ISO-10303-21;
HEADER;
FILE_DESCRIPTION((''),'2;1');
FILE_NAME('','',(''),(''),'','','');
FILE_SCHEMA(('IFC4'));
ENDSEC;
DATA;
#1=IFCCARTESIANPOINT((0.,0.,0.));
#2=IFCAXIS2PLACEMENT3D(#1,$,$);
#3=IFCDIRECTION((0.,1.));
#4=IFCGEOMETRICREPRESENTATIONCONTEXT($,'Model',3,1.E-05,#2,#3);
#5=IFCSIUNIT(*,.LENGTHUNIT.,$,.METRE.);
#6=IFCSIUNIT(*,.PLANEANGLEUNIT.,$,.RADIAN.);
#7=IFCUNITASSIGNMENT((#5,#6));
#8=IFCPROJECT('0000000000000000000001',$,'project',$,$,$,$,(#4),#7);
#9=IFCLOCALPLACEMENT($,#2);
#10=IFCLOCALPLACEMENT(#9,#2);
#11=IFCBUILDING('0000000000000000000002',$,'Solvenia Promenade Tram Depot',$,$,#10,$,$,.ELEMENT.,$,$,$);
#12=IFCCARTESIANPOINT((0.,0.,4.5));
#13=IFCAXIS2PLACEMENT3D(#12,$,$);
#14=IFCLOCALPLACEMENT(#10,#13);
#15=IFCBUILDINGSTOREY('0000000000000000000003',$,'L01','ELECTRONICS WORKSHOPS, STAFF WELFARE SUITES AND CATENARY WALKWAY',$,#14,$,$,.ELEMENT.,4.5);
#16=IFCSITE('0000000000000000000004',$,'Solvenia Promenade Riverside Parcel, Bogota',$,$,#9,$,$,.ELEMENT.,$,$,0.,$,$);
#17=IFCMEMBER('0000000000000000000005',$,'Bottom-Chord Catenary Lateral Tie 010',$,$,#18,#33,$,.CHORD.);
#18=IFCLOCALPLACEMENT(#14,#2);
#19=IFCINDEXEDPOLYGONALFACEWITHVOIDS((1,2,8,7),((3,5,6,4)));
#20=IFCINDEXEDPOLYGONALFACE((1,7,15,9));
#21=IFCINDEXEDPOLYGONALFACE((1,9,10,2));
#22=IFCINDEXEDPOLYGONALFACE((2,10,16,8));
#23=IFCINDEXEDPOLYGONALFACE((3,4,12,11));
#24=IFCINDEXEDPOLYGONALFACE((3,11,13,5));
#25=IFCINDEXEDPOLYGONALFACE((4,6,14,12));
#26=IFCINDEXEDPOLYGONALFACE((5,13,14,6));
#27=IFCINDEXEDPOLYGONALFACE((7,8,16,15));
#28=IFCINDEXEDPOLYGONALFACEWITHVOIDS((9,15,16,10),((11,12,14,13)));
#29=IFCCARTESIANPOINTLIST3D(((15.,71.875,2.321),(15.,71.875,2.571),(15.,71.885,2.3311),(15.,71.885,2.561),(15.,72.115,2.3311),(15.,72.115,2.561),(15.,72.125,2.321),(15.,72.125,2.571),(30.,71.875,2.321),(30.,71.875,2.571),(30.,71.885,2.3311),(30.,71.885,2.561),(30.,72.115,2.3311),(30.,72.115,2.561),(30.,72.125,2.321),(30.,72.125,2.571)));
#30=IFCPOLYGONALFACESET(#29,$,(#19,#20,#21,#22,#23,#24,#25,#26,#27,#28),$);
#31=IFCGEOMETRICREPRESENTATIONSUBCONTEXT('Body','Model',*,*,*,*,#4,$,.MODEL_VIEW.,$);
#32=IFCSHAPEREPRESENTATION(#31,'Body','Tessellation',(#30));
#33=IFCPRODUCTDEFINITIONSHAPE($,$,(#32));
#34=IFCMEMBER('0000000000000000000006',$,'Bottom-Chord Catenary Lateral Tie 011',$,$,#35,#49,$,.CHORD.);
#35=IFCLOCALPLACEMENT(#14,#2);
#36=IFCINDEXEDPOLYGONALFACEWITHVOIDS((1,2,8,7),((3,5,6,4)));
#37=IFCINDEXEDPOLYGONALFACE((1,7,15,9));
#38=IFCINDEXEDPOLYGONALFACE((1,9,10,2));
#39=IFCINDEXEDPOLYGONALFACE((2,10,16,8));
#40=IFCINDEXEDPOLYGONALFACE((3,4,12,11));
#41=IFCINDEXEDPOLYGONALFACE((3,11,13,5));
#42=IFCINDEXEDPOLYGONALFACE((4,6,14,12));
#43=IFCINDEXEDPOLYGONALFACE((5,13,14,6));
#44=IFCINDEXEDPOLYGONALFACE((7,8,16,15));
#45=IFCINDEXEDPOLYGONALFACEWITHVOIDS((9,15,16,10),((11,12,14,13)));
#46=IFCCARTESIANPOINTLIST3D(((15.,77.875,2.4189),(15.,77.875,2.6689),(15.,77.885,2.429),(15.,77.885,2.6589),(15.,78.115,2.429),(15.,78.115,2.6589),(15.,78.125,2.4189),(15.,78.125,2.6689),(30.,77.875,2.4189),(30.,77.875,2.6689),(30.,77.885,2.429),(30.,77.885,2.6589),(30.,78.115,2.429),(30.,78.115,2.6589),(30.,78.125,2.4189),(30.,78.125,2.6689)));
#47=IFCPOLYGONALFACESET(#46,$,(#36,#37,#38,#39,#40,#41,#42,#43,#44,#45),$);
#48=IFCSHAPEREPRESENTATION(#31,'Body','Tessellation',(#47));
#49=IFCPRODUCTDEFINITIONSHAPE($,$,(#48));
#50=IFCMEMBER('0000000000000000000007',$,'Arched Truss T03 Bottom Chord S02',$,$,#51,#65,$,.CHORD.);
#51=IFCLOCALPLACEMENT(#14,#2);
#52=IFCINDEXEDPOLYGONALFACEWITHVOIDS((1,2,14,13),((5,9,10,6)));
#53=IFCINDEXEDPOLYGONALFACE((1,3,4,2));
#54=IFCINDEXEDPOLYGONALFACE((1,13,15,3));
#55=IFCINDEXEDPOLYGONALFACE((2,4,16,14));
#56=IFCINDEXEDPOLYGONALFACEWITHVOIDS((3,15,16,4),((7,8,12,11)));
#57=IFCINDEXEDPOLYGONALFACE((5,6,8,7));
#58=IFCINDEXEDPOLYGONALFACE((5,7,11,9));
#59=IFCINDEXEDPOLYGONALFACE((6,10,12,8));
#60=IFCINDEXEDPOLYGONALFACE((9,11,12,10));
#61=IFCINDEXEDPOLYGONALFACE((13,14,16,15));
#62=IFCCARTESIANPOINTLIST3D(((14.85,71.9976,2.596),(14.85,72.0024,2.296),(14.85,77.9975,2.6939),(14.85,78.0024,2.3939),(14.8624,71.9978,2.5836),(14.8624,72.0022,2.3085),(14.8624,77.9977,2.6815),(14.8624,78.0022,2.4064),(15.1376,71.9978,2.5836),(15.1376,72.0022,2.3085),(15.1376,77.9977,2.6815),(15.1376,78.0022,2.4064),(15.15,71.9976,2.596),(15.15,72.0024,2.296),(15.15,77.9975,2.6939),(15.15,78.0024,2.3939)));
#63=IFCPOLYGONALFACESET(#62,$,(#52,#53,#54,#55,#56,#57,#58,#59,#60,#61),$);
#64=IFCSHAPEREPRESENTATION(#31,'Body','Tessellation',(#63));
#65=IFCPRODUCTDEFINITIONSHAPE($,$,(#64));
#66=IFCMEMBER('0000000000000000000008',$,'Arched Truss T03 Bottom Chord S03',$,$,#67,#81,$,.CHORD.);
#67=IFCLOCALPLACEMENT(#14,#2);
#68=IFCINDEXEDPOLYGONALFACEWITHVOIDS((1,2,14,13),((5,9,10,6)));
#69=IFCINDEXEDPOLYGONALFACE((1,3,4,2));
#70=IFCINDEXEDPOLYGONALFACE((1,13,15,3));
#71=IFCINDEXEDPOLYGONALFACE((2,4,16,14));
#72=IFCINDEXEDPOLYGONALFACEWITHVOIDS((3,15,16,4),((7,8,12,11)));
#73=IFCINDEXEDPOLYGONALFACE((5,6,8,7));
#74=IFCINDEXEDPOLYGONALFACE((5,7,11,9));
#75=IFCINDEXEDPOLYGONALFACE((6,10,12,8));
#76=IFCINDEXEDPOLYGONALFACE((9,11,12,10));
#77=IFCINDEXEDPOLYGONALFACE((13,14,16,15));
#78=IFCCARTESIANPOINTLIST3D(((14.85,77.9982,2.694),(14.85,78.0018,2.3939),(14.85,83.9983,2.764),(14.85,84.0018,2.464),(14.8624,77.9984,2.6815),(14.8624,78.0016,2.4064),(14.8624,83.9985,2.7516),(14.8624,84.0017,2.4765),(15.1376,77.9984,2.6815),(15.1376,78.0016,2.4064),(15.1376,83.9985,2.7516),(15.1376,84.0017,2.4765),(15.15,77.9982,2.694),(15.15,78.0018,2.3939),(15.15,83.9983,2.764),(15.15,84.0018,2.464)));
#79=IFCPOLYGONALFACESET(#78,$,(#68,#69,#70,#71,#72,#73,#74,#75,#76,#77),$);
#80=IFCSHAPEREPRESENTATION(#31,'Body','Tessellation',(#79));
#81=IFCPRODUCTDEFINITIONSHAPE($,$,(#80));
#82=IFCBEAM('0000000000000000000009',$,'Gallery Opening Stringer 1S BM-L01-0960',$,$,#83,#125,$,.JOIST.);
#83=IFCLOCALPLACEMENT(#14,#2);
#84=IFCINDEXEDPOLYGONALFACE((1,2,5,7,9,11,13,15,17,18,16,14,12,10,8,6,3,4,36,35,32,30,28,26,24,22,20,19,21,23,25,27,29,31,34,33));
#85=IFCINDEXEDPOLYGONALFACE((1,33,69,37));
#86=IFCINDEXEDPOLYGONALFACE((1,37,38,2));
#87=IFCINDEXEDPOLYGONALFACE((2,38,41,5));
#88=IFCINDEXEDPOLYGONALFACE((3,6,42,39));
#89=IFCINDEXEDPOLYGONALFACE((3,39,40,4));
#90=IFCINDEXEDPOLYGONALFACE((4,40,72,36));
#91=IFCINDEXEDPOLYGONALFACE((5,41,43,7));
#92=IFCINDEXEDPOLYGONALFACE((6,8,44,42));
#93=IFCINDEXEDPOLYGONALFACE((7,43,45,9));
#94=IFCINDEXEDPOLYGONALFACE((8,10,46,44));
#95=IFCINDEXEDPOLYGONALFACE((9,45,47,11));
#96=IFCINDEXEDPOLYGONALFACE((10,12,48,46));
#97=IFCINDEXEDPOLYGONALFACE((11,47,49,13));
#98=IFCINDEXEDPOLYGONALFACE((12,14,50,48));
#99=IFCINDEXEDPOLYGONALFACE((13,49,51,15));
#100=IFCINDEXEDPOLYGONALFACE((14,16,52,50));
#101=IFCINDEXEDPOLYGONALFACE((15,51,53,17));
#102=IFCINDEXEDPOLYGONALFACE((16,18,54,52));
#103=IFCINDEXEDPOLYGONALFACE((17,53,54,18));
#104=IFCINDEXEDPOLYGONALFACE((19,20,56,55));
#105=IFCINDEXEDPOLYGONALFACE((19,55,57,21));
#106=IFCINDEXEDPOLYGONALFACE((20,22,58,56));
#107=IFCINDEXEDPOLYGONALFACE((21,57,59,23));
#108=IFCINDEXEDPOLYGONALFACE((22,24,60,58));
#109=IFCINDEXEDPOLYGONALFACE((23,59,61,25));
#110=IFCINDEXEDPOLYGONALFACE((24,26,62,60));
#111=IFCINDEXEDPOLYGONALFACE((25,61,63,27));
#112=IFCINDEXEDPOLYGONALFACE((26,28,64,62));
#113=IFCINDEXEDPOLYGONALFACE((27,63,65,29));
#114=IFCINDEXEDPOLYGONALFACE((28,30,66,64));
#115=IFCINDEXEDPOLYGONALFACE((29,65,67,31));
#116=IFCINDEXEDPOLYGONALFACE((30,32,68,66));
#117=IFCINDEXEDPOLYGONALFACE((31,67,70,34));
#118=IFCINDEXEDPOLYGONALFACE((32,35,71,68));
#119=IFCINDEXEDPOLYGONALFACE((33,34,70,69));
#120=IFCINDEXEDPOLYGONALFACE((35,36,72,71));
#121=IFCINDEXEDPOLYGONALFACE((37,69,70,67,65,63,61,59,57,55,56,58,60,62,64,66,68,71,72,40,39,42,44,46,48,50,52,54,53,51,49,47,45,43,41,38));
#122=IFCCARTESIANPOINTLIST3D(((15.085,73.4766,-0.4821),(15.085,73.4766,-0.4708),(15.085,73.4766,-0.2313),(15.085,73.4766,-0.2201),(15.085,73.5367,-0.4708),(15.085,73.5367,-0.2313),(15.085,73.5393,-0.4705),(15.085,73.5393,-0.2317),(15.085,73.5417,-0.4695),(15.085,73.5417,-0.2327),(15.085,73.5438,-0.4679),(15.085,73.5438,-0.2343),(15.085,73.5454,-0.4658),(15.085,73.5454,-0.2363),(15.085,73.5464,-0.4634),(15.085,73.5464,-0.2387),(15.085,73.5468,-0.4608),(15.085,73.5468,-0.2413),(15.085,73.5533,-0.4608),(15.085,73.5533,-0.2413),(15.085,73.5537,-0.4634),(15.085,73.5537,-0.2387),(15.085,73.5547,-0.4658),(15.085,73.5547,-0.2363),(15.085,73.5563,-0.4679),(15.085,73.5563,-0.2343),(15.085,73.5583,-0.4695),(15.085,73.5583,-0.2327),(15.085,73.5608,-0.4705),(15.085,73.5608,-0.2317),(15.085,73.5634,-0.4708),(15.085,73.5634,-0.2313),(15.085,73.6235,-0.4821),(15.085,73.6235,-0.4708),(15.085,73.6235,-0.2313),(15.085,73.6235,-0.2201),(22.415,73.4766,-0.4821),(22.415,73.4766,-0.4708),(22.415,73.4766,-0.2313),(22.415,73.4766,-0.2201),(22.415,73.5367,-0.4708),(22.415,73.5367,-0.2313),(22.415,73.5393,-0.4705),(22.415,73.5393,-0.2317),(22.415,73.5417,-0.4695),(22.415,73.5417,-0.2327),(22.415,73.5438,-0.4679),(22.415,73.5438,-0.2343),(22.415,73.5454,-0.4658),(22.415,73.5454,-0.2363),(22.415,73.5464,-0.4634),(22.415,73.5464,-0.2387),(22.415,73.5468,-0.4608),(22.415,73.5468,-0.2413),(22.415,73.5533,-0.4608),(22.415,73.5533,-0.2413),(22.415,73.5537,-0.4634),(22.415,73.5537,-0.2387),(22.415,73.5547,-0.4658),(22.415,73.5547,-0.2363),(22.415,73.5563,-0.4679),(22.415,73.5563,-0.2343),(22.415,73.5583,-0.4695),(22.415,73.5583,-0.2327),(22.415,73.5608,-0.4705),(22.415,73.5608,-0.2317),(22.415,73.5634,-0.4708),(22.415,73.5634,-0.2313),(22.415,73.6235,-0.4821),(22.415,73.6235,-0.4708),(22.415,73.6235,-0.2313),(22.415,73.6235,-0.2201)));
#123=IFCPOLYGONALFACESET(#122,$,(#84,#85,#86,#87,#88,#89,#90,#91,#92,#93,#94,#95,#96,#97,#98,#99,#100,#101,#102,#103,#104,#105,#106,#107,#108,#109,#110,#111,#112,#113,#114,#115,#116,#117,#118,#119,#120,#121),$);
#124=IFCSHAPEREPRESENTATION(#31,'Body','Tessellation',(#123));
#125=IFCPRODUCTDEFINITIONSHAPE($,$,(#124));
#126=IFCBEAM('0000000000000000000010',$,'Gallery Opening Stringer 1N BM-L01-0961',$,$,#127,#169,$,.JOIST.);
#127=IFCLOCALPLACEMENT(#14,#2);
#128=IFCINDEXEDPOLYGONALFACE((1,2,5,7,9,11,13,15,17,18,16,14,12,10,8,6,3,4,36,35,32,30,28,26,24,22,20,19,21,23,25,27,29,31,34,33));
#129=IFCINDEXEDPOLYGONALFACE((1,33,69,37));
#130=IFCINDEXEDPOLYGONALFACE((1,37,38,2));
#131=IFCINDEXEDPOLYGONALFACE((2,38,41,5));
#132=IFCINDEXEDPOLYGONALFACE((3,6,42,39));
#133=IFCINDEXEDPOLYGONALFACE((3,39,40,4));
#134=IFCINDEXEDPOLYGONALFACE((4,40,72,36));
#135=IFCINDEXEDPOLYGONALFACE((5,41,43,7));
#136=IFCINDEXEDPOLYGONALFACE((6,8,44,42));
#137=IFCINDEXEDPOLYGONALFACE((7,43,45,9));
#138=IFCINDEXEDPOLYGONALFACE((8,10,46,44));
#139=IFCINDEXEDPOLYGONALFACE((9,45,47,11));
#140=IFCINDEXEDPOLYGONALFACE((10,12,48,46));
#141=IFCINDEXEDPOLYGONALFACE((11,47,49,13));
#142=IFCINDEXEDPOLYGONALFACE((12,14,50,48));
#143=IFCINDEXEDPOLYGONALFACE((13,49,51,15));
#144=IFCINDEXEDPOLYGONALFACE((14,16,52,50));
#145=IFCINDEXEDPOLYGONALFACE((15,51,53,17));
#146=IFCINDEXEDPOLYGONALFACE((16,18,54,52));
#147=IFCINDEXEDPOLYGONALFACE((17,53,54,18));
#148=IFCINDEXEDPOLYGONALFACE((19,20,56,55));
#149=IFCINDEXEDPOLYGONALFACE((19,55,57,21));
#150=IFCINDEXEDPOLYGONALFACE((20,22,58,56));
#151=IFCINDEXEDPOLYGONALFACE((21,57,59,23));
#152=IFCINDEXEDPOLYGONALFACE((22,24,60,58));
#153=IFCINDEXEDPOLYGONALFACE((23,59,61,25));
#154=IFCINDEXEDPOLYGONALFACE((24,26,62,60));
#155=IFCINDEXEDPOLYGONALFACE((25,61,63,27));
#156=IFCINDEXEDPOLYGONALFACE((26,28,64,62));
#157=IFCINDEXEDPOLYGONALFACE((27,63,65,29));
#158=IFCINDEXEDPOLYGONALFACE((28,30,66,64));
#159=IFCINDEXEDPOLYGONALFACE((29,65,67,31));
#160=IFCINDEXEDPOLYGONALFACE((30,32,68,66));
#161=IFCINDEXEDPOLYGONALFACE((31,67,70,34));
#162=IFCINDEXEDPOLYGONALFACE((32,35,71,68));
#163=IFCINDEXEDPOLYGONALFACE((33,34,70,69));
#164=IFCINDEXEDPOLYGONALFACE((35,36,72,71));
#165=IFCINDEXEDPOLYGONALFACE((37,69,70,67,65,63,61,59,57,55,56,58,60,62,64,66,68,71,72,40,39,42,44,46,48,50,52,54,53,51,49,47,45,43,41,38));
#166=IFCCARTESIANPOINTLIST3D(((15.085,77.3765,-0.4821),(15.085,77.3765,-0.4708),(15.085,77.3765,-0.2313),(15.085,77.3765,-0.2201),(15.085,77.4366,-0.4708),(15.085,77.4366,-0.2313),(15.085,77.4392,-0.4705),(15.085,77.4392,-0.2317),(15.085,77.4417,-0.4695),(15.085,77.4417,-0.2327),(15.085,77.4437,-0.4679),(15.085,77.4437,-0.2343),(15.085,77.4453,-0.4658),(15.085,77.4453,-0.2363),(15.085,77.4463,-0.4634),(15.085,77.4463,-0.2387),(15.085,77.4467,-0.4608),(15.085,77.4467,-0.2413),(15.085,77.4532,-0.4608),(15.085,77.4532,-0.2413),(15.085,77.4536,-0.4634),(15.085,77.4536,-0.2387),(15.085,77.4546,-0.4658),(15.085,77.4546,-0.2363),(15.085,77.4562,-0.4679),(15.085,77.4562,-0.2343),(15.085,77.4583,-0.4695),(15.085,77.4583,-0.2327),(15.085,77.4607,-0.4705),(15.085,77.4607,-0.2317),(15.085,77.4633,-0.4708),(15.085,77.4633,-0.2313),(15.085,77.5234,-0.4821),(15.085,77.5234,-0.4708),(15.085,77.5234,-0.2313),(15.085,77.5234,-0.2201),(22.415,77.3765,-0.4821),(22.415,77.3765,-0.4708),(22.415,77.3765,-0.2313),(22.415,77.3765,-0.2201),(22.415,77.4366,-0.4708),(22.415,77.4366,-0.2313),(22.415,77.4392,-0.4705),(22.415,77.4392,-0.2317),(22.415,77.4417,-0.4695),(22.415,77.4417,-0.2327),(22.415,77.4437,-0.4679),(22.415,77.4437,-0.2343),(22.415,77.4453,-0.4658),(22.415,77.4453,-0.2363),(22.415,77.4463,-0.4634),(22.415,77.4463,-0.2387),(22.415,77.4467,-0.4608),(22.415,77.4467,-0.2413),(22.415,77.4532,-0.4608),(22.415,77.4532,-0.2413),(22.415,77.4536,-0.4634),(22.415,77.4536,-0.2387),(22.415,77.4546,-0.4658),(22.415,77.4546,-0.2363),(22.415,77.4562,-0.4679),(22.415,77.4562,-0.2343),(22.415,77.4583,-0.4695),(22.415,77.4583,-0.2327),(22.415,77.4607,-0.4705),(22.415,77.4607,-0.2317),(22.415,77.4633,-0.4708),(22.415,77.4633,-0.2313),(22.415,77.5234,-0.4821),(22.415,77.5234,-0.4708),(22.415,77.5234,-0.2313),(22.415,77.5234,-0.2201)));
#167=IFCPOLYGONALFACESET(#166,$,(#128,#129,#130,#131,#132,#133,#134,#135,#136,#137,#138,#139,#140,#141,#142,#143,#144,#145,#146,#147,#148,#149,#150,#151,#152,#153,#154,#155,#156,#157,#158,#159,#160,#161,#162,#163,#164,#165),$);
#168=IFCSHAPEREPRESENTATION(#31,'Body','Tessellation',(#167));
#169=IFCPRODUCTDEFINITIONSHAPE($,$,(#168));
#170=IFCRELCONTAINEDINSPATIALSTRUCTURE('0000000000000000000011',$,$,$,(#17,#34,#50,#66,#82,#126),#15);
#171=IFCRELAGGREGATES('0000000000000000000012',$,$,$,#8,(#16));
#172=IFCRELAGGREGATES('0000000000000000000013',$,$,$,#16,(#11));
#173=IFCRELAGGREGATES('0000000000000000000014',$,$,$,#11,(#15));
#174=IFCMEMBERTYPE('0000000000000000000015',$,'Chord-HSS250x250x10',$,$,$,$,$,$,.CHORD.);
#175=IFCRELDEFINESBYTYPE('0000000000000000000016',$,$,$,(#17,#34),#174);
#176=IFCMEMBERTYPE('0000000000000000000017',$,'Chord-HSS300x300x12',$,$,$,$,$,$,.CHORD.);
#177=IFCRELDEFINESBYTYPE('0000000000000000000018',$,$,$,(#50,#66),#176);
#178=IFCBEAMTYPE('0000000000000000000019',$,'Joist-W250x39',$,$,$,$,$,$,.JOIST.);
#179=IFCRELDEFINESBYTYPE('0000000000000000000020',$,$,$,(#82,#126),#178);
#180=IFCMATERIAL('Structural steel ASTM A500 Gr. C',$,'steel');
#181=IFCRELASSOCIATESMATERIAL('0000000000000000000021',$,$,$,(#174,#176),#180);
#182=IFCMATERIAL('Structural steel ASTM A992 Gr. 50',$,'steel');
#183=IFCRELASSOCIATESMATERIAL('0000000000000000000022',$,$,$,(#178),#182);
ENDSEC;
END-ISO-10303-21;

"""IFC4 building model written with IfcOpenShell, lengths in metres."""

from ifc_helpers import new_model, si_unit, direction, frame, origin, origin_2d, place, context, subcontext, project, spatial, hollow_rectangle, i_section, extrude, material, material_profile, profile_set, type_object, element, save


model = new_model("IFC4")

# Units and contexts
model_context = context("Model", 3, precision=1e-05, world=origin(), true_north=direction((0.0, 1.0)))
body_context = subcontext(model_context, "Body", "Model", "MODEL_VIEW")
ifc_project = project(units=[si_unit("LENGTHUNIT", "METRE"), si_unit("PLANEANGLEUNIT", "RADIAN")], contexts=[model_context])

# Site, building, storey
site_placement = place(None, origin())
site = spatial("IfcSite", under=ifc_project, at=site_placement, Name="Solvenia Promenade Riverside Parcel, Bogota", CompositionType="ELEMENT", RefElevation=0.0)
building_placement = place(site_placement, origin())
building = spatial("IfcBuilding", under=site, at=building_placement, Name="Solvenia Promenade Tram Depot", CompositionType="ELEMENT")
storey_placement = place(building_placement, frame((0.0, 0.0, 4.5)))
storey = spatial("IfcBuildingStorey", under=building, at=storey_placement, Name="L01", Description="ELECTRONICS WORKSHOPS, STAFF WELFARE SUITES AND CATENARY WALKWAY", CompositionType="ELEMENT", Elevation=4.5)

# Shared definitions
ifc_material_1 = material(Name="Structural steel ASTM A992 Gr. 50", Category="steel")

# Members
ifc_material_2 = material(Name="Structural steel ASTM A500 Gr. C", Category="steel")
ifc_material_profile_1 = material_profile(ifc_material_2, hollow_rectangle(XDim=0.25, YDim=0.25, WallThickness=0.01, at=origin_2d()), Name="HSS250x250x10", Category="steel")
ifc_profile_set_1 = profile_set([ifc_material_profile_1], Name="Structural steel ASTM A500 Gr. C")
member_type_1 = type_object("IfcMemberType", Name="Chord-HSS250x250x10", PredefinedType="CHORD", material=ifc_profile_set_1)
for number, where, z_axis, x_axis, name in (
    (1, (15.0, 72.0, 2.446), (1.0, 0.0, 0.0), (0.0, 1.0, 0.0), "Bottom-Chord Catenary Lateral Tie 010"),
    (2, (15.0, 78.0, 2.5439), (1.0, 0.0, 0.0), (0.0, 1.0, 0.0), "Bottom-Chord Catenary Lateral Tie 011"),
):
    element("IfcMember", number, at=place(storey_placement, frame(where, z_axis=z_axis, x_axis=x_axis)), inside=storey, type_object=member_type_1, Name=name, PredefinedType="CHORD", context=body_context, shape_type="SweptSolid", body=[
        extrude(hollow_rectangle(XDim=0.25, YDim=0.25, WallThickness=0.01, at=origin_2d()), origin(), (0.0, 0.0, 1.0), 15.0),
    ])
ifc_material_profile_2 = material_profile(ifc_material_2, hollow_rectangle(XDim=0.3, YDim=0.3, WallThickness=0.0125, at=origin_2d()), Name="HSS300x300x12.5", Category="steel")
ifc_profile_set_2 = profile_set([ifc_material_profile_2], Name="Structural steel ASTM A500 Gr. C")
member_type_2 = type_object("IfcMemberType", Name="Chord-HSS300x300x12", PredefinedType="CHORD", material=ifc_profile_set_2)
member_1_placement = place(storey_placement, frame((15.0, 72.0, 2.446), z_axis=(0.0, 0.999867, 0.016315), x_axis=(-1.0, 0.0, 0.0)))
element("IfcMember", 3, at=member_1_placement, inside=storey, type_object=member_type_2, Name="Arched Truss T03 Bottom Chord S02", PredefinedType="CHORD", context=body_context, shape_type="SweptSolid", body=[
    extrude(hollow_rectangle(XDim=0.3, YDim=0.3, WallThickness=0.0125, at=origin_2d()), origin(), (0.0, 0.0, 1.0), 6.0007),
])
member_2_placement = place(storey_placement, frame((15.0, 78.0, 2.5439), z_axis=(0.0, 0.999932, 0.011677), x_axis=(-1.0, 0.0, 0.0)))
element("IfcMember", 4, at=member_2_placement, inside=storey, type_object=member_type_2, Name="Arched Truss T03 Bottom Chord S03", PredefinedType="CHORD", context=body_context, shape_type="SweptSolid", body=[
    extrude(hollow_rectangle(XDim=0.3, YDim=0.3, WallThickness=0.0125, at=origin_2d()), origin(), (0.0, 0.0, 1.0), 6.0005),
])

# Beams
ifc_material_profile_3 = material_profile(ifc_material_1, i_section(OverallWidth=0.147, OverallDepth=0.262, WebThickness=0.0066, FlangeThickness=0.0112, FilletRadius=0.01, at=origin_2d()), Name="W250x39", Category="steel")
ifc_profile_set_3 = profile_set([ifc_material_profile_3], Name="Structural steel ASTM A992 Gr. 50")
beam_type_1 = type_object("IfcBeamType", Name="Joist-W250x39", PredefinedType="JOIST", material=ifc_profile_set_3)
for number, where, z_axis, x_axis, name in (
    (5, (15.085, 73.55, -0.3511), (1.0, 0.0, 0.0), (0.0, 1.0, 0.0), "Gallery Opening Stringer 1S BM-L01-0960"),
    (6, (15.085, 77.45, -0.3511), (1.0, 0.0, 0.0), (0.0, 1.0, 0.0), "Gallery Opening Stringer 1N BM-L01-0961"),
):
    element("IfcBeam", number, at=place(storey_placement, frame(where, z_axis=z_axis, x_axis=x_axis)), inside=storey, type_object=beam_type_1, Name=name, PredefinedType="JOIST", context=body_context, shape_type="SweptSolid", body=[
        extrude(i_section(OverallWidth=0.147, OverallDepth=0.262, WebThickness=0.0066, FlangeThickness=0.0112, FilletRadius=0.01, at=origin_2d()), origin(), (0.0, 0.0, 1.0), 7.3301),
    ])

save(model, "model.ifc")
